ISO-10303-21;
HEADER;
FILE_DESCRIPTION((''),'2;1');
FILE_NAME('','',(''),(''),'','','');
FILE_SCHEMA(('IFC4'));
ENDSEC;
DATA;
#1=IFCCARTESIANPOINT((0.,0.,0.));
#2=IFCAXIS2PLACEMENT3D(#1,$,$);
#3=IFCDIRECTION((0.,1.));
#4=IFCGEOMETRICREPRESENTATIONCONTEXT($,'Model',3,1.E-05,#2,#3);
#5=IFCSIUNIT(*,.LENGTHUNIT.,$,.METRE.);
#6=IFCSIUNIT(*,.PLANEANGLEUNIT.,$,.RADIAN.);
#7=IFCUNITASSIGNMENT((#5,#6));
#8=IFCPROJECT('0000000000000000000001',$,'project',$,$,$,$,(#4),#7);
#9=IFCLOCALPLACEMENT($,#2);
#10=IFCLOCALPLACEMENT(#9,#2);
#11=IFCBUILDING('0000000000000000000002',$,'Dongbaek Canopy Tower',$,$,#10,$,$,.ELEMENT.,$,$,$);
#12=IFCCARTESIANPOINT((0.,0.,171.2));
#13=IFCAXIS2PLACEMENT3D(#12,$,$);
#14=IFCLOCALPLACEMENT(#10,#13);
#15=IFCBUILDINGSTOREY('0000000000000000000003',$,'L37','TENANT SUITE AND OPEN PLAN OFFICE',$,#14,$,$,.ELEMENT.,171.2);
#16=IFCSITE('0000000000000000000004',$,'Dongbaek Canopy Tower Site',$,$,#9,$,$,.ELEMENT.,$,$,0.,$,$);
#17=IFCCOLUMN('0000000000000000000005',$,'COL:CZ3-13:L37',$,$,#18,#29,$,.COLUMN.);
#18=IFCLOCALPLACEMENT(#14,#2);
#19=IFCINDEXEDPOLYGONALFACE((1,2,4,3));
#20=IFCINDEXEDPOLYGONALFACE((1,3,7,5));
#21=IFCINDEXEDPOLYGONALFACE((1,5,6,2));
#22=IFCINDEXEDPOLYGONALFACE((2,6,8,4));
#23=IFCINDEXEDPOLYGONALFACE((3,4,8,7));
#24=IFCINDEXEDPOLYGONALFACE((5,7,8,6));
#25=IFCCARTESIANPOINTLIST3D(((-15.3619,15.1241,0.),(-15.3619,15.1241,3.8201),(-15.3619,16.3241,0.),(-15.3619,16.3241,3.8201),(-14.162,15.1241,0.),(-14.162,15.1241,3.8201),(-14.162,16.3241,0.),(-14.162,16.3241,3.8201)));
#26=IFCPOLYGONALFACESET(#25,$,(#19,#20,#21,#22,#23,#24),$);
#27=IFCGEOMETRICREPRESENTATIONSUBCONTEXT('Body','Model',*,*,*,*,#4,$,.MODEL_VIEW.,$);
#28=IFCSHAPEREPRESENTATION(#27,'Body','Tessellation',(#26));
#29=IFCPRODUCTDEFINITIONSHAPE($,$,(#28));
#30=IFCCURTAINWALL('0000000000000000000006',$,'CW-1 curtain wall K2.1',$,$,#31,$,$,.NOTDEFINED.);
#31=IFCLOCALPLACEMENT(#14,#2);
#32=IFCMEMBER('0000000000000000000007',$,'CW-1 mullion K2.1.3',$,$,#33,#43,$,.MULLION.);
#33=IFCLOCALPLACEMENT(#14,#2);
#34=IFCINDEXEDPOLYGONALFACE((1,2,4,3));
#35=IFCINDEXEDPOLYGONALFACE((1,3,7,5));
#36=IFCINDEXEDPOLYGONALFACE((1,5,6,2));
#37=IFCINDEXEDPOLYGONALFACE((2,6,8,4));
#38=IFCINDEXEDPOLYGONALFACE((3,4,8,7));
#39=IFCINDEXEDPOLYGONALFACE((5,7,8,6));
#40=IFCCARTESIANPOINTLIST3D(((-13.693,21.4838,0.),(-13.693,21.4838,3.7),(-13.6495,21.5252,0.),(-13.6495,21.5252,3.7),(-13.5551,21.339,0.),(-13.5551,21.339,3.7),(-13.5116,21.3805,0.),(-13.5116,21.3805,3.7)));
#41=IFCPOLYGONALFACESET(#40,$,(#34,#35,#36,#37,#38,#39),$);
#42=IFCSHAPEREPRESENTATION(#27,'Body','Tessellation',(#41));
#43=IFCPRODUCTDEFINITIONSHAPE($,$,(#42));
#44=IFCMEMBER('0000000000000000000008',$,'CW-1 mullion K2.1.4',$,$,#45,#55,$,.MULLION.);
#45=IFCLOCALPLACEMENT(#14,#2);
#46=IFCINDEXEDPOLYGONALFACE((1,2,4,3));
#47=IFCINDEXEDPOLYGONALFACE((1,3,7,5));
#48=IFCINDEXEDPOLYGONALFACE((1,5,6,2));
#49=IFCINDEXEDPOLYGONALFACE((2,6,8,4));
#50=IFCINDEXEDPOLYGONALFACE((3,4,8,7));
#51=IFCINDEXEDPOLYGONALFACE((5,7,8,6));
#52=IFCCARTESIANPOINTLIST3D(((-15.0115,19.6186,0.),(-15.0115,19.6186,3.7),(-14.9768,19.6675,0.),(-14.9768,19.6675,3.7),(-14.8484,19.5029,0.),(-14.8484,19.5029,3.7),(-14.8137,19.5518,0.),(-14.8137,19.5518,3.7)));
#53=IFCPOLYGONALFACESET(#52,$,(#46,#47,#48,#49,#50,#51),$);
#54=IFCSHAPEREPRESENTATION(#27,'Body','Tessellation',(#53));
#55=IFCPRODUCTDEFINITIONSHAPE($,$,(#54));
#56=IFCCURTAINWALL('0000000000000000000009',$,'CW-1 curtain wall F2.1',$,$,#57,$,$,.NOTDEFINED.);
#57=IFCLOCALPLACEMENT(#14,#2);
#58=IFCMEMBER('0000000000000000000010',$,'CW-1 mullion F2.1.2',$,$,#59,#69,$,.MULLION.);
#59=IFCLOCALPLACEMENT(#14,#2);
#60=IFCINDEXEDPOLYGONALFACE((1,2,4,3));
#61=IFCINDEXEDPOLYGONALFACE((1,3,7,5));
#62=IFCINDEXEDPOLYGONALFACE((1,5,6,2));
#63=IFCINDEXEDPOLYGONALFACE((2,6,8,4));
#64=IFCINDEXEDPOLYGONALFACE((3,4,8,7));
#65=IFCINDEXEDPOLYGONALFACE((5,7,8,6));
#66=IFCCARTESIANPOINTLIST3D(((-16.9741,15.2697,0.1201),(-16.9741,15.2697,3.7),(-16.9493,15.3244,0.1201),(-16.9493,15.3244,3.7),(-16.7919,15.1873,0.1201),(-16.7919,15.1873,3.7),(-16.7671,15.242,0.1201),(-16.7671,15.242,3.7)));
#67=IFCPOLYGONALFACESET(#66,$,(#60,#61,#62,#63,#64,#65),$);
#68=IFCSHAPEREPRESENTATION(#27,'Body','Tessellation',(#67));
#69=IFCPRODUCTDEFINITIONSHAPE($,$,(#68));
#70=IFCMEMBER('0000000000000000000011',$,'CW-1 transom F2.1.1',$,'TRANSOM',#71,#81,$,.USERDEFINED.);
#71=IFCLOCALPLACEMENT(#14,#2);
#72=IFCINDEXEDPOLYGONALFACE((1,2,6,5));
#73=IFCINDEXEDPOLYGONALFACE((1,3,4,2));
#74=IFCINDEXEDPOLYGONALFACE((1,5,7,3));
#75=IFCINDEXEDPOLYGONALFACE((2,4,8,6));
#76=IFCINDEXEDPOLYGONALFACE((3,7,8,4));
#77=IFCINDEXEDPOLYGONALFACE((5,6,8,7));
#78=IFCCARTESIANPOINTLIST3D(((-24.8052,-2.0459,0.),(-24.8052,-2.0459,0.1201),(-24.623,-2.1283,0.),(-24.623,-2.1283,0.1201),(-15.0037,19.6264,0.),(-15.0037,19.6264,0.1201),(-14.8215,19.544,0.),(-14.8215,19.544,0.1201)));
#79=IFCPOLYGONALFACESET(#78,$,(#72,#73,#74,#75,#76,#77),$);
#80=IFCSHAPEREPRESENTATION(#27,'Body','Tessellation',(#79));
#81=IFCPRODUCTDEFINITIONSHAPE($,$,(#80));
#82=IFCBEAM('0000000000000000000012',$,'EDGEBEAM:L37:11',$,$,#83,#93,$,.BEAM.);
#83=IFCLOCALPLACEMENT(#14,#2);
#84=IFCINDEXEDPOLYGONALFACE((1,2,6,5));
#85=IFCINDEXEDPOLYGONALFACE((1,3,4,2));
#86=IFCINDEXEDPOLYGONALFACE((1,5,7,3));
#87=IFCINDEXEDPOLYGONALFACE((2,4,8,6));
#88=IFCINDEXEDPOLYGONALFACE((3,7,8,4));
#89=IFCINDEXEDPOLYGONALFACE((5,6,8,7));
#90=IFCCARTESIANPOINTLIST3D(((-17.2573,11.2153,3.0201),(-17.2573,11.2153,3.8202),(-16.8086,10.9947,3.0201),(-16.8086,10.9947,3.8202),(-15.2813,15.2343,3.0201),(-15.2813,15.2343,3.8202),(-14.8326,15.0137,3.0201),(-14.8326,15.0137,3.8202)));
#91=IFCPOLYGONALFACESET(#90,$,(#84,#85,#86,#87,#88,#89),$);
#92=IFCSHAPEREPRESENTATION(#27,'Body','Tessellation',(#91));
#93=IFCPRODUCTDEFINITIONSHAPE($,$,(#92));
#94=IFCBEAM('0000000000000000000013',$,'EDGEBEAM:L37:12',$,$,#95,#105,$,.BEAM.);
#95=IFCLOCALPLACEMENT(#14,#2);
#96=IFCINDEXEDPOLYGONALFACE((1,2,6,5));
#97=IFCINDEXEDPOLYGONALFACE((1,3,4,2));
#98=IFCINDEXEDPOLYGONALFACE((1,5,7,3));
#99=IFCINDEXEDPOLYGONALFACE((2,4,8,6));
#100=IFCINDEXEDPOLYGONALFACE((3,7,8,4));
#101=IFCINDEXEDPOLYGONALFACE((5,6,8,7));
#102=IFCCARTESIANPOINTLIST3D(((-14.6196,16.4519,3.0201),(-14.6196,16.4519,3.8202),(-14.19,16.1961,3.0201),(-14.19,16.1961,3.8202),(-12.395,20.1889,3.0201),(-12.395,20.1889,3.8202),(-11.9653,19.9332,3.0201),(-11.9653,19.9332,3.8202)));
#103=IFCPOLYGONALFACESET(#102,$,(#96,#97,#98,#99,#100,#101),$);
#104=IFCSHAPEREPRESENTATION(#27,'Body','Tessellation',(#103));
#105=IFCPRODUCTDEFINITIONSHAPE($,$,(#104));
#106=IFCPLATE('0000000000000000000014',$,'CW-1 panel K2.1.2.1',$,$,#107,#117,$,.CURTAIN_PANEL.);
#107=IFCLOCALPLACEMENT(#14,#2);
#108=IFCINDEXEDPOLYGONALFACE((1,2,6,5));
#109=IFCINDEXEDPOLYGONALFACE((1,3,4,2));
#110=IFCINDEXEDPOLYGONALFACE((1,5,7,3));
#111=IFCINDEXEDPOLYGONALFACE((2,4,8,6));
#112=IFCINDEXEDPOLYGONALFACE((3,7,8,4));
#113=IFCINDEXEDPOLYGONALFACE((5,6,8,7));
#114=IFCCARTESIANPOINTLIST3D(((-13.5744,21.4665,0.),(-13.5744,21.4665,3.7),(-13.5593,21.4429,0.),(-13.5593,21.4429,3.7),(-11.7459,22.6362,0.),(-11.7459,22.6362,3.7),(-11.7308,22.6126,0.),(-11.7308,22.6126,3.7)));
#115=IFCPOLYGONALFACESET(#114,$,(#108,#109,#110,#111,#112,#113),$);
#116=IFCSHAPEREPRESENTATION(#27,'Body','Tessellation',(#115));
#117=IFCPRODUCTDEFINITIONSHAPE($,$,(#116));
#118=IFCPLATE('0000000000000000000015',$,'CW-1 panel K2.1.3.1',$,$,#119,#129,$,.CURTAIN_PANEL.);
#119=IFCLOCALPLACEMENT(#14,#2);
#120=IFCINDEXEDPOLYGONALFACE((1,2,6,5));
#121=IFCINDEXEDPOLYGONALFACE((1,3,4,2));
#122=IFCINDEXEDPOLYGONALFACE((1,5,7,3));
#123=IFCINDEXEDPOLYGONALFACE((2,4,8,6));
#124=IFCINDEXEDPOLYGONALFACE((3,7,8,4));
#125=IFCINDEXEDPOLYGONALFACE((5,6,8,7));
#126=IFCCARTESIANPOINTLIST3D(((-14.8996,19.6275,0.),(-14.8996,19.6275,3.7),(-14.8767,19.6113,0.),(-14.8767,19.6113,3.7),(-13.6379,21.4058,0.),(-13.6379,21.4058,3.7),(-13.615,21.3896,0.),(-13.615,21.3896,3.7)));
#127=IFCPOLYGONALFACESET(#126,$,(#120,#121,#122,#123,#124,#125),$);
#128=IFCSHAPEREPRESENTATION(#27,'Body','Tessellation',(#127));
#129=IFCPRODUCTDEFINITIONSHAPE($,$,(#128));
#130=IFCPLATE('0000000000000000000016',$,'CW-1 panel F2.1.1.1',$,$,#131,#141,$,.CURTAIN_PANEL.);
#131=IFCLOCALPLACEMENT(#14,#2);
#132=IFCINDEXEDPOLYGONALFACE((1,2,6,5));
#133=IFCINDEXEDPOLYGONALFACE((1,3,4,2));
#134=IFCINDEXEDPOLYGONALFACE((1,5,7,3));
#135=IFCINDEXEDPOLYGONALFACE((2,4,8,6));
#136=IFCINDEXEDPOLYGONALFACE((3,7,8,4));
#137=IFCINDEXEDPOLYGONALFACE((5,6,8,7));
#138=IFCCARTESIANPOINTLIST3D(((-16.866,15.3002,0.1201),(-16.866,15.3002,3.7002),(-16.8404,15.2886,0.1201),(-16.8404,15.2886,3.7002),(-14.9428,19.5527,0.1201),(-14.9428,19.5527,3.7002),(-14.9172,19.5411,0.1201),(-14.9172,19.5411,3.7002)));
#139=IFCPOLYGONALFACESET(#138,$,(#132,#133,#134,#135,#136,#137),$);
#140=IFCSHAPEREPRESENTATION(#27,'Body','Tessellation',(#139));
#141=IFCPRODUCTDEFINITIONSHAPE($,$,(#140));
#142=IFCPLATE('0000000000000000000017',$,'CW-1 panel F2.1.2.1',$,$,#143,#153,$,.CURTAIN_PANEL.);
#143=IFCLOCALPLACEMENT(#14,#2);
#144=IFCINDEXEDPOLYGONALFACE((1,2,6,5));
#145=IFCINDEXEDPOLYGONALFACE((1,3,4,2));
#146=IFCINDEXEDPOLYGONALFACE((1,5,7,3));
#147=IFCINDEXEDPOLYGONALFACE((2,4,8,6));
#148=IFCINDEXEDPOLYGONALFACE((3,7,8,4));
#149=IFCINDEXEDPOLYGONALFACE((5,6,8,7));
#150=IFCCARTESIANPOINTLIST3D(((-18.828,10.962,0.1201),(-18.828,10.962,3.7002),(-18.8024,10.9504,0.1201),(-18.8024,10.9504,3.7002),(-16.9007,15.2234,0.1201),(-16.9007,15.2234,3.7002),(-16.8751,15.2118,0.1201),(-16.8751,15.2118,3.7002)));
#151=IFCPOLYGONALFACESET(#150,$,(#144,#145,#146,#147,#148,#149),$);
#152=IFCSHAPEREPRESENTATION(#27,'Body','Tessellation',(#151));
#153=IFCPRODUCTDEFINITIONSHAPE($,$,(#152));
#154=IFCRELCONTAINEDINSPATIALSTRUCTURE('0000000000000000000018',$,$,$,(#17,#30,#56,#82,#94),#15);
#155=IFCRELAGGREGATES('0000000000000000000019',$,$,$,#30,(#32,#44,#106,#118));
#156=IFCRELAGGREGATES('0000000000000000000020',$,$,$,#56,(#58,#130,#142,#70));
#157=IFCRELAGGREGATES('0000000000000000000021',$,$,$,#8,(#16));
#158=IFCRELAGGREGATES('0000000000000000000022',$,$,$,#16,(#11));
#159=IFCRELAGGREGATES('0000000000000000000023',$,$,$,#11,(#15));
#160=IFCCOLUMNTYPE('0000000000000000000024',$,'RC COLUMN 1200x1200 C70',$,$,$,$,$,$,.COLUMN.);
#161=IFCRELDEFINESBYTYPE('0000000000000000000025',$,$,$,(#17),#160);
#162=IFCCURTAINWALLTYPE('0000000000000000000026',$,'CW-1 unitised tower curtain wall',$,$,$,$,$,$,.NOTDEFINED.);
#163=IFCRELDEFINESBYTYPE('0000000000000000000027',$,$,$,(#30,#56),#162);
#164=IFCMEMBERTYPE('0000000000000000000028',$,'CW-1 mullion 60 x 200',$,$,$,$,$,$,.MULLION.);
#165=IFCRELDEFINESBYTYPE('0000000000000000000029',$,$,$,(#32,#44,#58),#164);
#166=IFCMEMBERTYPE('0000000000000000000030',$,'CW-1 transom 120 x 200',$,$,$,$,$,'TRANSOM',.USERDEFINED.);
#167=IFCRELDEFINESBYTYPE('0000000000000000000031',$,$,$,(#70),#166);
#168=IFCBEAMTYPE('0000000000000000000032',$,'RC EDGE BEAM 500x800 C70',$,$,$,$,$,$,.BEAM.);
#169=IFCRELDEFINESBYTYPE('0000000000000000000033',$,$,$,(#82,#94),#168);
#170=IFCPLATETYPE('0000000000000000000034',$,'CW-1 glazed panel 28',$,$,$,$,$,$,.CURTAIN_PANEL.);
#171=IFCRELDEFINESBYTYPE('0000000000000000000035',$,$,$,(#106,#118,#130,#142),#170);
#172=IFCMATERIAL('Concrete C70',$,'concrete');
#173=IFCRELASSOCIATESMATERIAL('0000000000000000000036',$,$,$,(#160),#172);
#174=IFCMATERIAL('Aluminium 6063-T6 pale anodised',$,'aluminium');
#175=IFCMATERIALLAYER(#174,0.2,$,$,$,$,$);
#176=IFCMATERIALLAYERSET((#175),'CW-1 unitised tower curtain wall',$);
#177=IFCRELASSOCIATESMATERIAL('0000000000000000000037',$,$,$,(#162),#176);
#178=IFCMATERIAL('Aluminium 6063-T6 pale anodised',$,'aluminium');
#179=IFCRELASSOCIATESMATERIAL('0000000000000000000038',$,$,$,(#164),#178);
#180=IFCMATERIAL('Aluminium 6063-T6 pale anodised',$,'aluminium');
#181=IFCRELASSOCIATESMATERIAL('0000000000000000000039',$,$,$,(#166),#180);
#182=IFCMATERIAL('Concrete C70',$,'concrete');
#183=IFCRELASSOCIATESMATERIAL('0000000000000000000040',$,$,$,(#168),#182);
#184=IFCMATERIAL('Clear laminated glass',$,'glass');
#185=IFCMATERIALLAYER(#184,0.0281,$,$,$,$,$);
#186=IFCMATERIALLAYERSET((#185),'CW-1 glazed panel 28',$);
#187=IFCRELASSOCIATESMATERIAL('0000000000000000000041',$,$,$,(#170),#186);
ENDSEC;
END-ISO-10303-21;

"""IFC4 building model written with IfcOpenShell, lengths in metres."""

from ifc_helpers import new_model, si_unit, direction, frame, origin, origin_2d, place, context, subcontext, project, spatial, rectangle, extrude, material, layer, layer_set, material_profile, profile_set, type_object, element, aggregate, save


model = new_model("IFC4")

# Units and contexts
model_context = context("Model", 3, precision=1e-05, world=origin(), true_north=direction((0.0, 1.0)))
body_context = subcontext(model_context, "Body", "Model", "MODEL_VIEW")
ifc_project = project(units=[si_unit("LENGTHUNIT", "METRE"), si_unit("PLANEANGLEUNIT", "RADIAN")], contexts=[model_context])

# Site, building, storey
site_placement = place(None, origin())
site = spatial("IfcSite", under=ifc_project, at=site_placement, Name="Dongbaek Canopy Tower Site", CompositionType="ELEMENT", RefElevation=0.0)
building_placement = place(site_placement, origin())
building = spatial("IfcBuilding", under=site, at=building_placement, Name="Dongbaek Canopy Tower", CompositionType="ELEMENT")
storey_placement = place(building_placement, frame((0.0, 0.0, 171.2)))
storey = spatial("IfcBuildingStorey", under=building, at=storey_placement, Name="L37", Description="TENANT SUITE AND OPEN PLAN OFFICE", CompositionType="ELEMENT", Elevation=171.2)

# Column
ifc_material_1 = material(Name="Concrete C70", Category="concrete")
ifc_material_profile_1 = material_profile(ifc_material_1, rectangle(XDim=1.2, YDim=1.2, at=origin_2d()), Name="RC COLUMN 1200x1200 C70")
ifc_profile_set_1 = profile_set([ifc_material_profile_1], Name="Concrete C70")
column_type = type_object("IfcColumnType", Name="RC COLUMN 1200x1200 C70", PredefinedType="COLUMN", material=ifc_profile_set_1)
column_placement = place(storey_placement, frame((-14.762, 15.7241, 0.0), z_axis=(0.0, 0.0, 1.0), x_axis=(1.0, 0.0, 0.0)))
element("IfcColumn", 1, at=column_placement, inside=storey, type_object=column_type, Name="COL:CZ3-13:L37", PredefinedType="COLUMN", context=body_context, shape_type="SweptSolid", body=[
    extrude(rectangle(XDim=1.2, YDim=1.2, at=origin_2d()), origin(), (0.0, 0.0, 1.0), 3.8201),
])

# Curtain walls, members
ifc_material_2 = material(Name="Aluminium 6063-T6 pale anodised", Category="aluminium")
ifc_layer_1 = layer(ifc_material_2, 0.2)
ifc_layer_set_1 = layer_set([ifc_layer_1], Name="CW-1 unitised tower curtain wall")
curtain_wall_type = type_object("IfcCurtainWallType", Name="CW-1 unitised tower curtain wall", PredefinedType="NOTDEFINED", material=ifc_layer_set_1)
curtain_wall_1_placement = place(storey_placement, origin())
curtain_wall_1 = element("IfcCurtainWall", 2, at=curtain_wall_1_placement, inside=storey, type_object=curtain_wall_type, Name="CW-1 curtain wall K2.1", PredefinedType="NOTDEFINED")
ifc_material_3 = material(Name="Aluminium 6063-T6 pale anodised", Category="aluminium")
ifc_material_profile_2 = material_profile(ifc_material_3, rectangle(XDim=0.2, YDim=0.0601, at=origin_2d()), Name="CW-1 mullion 60 x 200")
ifc_profile_set_2 = profile_set([ifc_material_profile_2], Name="Aluminium 6063-T6 pale anodised")
member_type_1 = type_object("IfcMemberType", Name="CW-1 mullion 60 x 200", PredefinedType="MULLION", material=ifc_profile_set_2)
member_1_placement = place(storey_placement, frame((-13.6023, 21.4321, 0.0), z_axis=(0.0, 0.0, 1.0), x_axis=(-0.689953, 0.723854, 0.0)))
member_1 = element("IfcMember", 3, at=member_1_placement, type_object=member_type_1, Name="CW-1 mullion K2.1.3", PredefinedType="MULLION", context=body_context, shape_type="SweptSolid", body=[
    extrude(rectangle(XDim=0.2, YDim=0.0601, at=origin_2d()), origin(), (0.0, 0.0, 1.0), 3.7),
])
member_2_placement = place(storey_placement, frame((-14.9126, 19.5852, 0.0), z_axis=(0.0, 0.0, 1.0), x_axis=(-0.815587, 0.578635, 0.0)))
member_2 = element("IfcMember", 4, at=member_2_placement, type_object=member_type_1, Name="CW-1 mullion K2.1.4", PredefinedType="MULLION", context=body_context, shape_type="SweptSolid", body=[
    extrude(rectangle(XDim=0.2, YDim=0.0601, at=origin_2d()), origin(), (0.0, 0.0, 1.0), 3.7),
])
curtain_wall_2_placement = place(storey_placement, origin())
curtain_wall_2 = element("IfcCurtainWall", 5, at=curtain_wall_2_placement, inside=storey, type_object=curtain_wall_type, Name="CW-1 curtain wall F2.1", PredefinedType="NOTDEFINED")
member_3_placement = place(storey_placement, frame((-16.8706, 15.2559, 0.1201), z_axis=(0.0, 0.0, 1.0), x_axis=(-0.911148, 0.41208, 0.0)))
member_3 = element("IfcMember", 6, at=member_3_placement, type_object=member_type_1, Name="CW-1 mullion F2.1.2", PredefinedType="MULLION", context=body_context, shape_type="SweptSolid", body=[
    extrude(rectangle(XDim=0.2, YDim=0.0601, at=origin_2d()), origin(), (0.0, 0.0, 1.0), 3.5798),
])
ifc_material_4 = material(Name="Aluminium 6063-T6 pale anodised", Category="aluminium")
ifc_material_profile_3 = material_profile(ifc_material_4, rectangle(XDim=0.2, YDim=0.1201, at=origin_2d()), Name="CW-1 transom 120 x 200")
ifc_profile_set_3 = profile_set([ifc_material_profile_3], Name="Aluminium 6063-T6 pale anodised")
member_type_2 = type_object("IfcMemberType", Name="CW-1 transom 120 x 200", ElementType="TRANSOM", PredefinedType="USERDEFINED", material=ifc_profile_set_3)
member_4_placement = place(storey_placement, frame((-14.9126, 19.5852, 0.0601), z_axis=(-0.412075, -0.91115, 0.0), x_axis=(0.91115, -0.412075, 0.0)))
member_4 = element("IfcMember", 7, at=member_4_placement, type_object=member_type_2, Name="CW-1 transom F2.1.1", ObjectType="TRANSOM", PredefinedType="USERDEFINED", context=body_context, shape_type="SweptSolid", body=[
    extrude(rectangle(XDim=0.2, YDim=0.1201, at=origin_2d()), origin(), (0.0, 0.0, 1.0), 23.7856),
])

# Beams
ifc_material_5 = material(Name="Concrete C70", Category="concrete")
ifc_material_profile_4 = material_profile(ifc_material_5, rectangle(XDim=0.5, YDim=0.8, at=origin_2d()), Name="RC EDGE BEAM 500x800 C70")
ifc_profile_set_4 = profile_set([ifc_material_profile_4], Name="Concrete C70")
beam_type = type_object("IfcBeamType", Name="RC EDGE BEAM 500x800 C70", PredefinedType="BEAM", material=ifc_profile_set_4)
beam_1_placement = place(storey_placement, frame((-17.033, 11.105, 3.4202), z_axis=(0.441229, 0.897395, 0.0), x_axis=(-0.897395, 0.441229, 0.0)))
element("IfcBeam", 8, at=beam_1_placement, inside=storey, type_object=beam_type, Name="EDGEBEAM:L37:11", PredefinedType="BEAM", context=body_context, shape_type="SweptSolid", body=[
    extrude(rectangle(XDim=0.5, YDim=0.8, at=origin_2d()), origin(), (0.0, 0.0, 1.0), 4.4785),
])
beam_2_placement = place(storey_placement, frame((-14.4048, 16.324, 3.4202), z_axis=(0.511512, 0.859276, 0.0), x_axis=(-0.859276, 0.511512, 0.0)))
element("IfcBeam", 9, at=beam_2_placement, inside=storey, type_object=beam_type, Name="EDGEBEAM:L37:12", PredefinedType="BEAM", context=body_context, shape_type="SweptSolid", body=[
    extrude(rectangle(XDim=0.5, YDim=0.8, at=origin_2d()), origin(), (0.0, 0.0, 1.0), 4.3491),
])

# Plates
ifc_material_6 = material(Name="Clear laminated glass", Category="glass")
ifc_layer_2 = layer(ifc_material_6, 0.0281)
ifc_layer_set_2 = layer_set([ifc_layer_2], Name="CW-1 glazed panel 28")
plate_type = type_object("IfcPlateType", Name="CW-1 glazed panel 28", PredefinedType="CURTAIN_PANEL", material=ifc_layer_set_2)
plate_1_placement = place(storey_placement, frame((-12.6526, 22.0396, 0.0), z_axis=(0.0, 0.0, 1.0), x_axis=(-0.842383, -0.53888, 0.0)))
plate_1 = element("IfcPlate", 10, at=plate_1_placement, type_object=plate_type, Name="CW-1 panel K2.1.2.1", PredefinedType="CURTAIN_PANEL", context=body_context, shape_type="SweptSolid", body=[
    extrude(rectangle(XDim=2.1707, YDim=0.0281, at=origin_2d()), origin(), (0.0, 0.0, 1.0), 3.7),
])
plate_2_placement = place(storey_placement, frame((-14.2573, 20.5085, 0.0), z_axis=(0.0, 0.0, 1.0), x_axis=(-0.578635, -0.815587, 0.0)))
plate_2 = element("IfcPlate", 11, at=plate_2_placement, type_object=plate_type, Name="CW-1 panel K2.1.3.1", PredefinedType="CURTAIN_PANEL", context=body_context, shape_type="SweptSolid", body=[
    extrude(rectangle(XDim=2.1804, YDim=0.0281, at=origin_2d()), origin(), (0.0, 0.0, 1.0), 3.7),
])
plate_3_placement = place(storey_placement, frame((-15.8916, 17.4207, 0.1201), z_axis=(0.0, 0.0, 1.0), x_axis=(-0.41208, -0.911148, 0.0)))
plate_3 = element("IfcPlate", 12, at=plate_3_placement, type_object=plate_type, Name="CW-1 panel F2.1.1.1", PredefinedType="CURTAIN_PANEL", context=body_context, shape_type="SweptSolid", body=[
    extrude(rectangle(XDim=4.6672, YDim=0.0281, at=origin_2d()), origin(), (0.0, 0.0, 1.0), 3.5801),
])
plate_4_placement = place(storey_placement, frame((-17.8516, 13.0869, 0.1201), z_axis=(0.0, 0.0, 1.0), x_axis=(-0.41208, -0.911148, 0.0)))
plate_4 = element("IfcPlate", 13, at=plate_4_placement, type_object=plate_type, Name="CW-1 panel F2.1.2.1", PredefinedType="CURTAIN_PANEL", context=body_context, shape_type="SweptSolid", body=[
    extrude(rectangle(XDim=4.677, YDim=0.0281, at=origin_2d()), origin(), (0.0, 0.0, 1.0), 3.5801),
])

aggregate(curtain_wall_1, [member_1, member_2, plate_1, plate_2])
aggregate(curtain_wall_2, [member_3, plate_3, plate_4, member_4])

save(model, "model.ifc")
